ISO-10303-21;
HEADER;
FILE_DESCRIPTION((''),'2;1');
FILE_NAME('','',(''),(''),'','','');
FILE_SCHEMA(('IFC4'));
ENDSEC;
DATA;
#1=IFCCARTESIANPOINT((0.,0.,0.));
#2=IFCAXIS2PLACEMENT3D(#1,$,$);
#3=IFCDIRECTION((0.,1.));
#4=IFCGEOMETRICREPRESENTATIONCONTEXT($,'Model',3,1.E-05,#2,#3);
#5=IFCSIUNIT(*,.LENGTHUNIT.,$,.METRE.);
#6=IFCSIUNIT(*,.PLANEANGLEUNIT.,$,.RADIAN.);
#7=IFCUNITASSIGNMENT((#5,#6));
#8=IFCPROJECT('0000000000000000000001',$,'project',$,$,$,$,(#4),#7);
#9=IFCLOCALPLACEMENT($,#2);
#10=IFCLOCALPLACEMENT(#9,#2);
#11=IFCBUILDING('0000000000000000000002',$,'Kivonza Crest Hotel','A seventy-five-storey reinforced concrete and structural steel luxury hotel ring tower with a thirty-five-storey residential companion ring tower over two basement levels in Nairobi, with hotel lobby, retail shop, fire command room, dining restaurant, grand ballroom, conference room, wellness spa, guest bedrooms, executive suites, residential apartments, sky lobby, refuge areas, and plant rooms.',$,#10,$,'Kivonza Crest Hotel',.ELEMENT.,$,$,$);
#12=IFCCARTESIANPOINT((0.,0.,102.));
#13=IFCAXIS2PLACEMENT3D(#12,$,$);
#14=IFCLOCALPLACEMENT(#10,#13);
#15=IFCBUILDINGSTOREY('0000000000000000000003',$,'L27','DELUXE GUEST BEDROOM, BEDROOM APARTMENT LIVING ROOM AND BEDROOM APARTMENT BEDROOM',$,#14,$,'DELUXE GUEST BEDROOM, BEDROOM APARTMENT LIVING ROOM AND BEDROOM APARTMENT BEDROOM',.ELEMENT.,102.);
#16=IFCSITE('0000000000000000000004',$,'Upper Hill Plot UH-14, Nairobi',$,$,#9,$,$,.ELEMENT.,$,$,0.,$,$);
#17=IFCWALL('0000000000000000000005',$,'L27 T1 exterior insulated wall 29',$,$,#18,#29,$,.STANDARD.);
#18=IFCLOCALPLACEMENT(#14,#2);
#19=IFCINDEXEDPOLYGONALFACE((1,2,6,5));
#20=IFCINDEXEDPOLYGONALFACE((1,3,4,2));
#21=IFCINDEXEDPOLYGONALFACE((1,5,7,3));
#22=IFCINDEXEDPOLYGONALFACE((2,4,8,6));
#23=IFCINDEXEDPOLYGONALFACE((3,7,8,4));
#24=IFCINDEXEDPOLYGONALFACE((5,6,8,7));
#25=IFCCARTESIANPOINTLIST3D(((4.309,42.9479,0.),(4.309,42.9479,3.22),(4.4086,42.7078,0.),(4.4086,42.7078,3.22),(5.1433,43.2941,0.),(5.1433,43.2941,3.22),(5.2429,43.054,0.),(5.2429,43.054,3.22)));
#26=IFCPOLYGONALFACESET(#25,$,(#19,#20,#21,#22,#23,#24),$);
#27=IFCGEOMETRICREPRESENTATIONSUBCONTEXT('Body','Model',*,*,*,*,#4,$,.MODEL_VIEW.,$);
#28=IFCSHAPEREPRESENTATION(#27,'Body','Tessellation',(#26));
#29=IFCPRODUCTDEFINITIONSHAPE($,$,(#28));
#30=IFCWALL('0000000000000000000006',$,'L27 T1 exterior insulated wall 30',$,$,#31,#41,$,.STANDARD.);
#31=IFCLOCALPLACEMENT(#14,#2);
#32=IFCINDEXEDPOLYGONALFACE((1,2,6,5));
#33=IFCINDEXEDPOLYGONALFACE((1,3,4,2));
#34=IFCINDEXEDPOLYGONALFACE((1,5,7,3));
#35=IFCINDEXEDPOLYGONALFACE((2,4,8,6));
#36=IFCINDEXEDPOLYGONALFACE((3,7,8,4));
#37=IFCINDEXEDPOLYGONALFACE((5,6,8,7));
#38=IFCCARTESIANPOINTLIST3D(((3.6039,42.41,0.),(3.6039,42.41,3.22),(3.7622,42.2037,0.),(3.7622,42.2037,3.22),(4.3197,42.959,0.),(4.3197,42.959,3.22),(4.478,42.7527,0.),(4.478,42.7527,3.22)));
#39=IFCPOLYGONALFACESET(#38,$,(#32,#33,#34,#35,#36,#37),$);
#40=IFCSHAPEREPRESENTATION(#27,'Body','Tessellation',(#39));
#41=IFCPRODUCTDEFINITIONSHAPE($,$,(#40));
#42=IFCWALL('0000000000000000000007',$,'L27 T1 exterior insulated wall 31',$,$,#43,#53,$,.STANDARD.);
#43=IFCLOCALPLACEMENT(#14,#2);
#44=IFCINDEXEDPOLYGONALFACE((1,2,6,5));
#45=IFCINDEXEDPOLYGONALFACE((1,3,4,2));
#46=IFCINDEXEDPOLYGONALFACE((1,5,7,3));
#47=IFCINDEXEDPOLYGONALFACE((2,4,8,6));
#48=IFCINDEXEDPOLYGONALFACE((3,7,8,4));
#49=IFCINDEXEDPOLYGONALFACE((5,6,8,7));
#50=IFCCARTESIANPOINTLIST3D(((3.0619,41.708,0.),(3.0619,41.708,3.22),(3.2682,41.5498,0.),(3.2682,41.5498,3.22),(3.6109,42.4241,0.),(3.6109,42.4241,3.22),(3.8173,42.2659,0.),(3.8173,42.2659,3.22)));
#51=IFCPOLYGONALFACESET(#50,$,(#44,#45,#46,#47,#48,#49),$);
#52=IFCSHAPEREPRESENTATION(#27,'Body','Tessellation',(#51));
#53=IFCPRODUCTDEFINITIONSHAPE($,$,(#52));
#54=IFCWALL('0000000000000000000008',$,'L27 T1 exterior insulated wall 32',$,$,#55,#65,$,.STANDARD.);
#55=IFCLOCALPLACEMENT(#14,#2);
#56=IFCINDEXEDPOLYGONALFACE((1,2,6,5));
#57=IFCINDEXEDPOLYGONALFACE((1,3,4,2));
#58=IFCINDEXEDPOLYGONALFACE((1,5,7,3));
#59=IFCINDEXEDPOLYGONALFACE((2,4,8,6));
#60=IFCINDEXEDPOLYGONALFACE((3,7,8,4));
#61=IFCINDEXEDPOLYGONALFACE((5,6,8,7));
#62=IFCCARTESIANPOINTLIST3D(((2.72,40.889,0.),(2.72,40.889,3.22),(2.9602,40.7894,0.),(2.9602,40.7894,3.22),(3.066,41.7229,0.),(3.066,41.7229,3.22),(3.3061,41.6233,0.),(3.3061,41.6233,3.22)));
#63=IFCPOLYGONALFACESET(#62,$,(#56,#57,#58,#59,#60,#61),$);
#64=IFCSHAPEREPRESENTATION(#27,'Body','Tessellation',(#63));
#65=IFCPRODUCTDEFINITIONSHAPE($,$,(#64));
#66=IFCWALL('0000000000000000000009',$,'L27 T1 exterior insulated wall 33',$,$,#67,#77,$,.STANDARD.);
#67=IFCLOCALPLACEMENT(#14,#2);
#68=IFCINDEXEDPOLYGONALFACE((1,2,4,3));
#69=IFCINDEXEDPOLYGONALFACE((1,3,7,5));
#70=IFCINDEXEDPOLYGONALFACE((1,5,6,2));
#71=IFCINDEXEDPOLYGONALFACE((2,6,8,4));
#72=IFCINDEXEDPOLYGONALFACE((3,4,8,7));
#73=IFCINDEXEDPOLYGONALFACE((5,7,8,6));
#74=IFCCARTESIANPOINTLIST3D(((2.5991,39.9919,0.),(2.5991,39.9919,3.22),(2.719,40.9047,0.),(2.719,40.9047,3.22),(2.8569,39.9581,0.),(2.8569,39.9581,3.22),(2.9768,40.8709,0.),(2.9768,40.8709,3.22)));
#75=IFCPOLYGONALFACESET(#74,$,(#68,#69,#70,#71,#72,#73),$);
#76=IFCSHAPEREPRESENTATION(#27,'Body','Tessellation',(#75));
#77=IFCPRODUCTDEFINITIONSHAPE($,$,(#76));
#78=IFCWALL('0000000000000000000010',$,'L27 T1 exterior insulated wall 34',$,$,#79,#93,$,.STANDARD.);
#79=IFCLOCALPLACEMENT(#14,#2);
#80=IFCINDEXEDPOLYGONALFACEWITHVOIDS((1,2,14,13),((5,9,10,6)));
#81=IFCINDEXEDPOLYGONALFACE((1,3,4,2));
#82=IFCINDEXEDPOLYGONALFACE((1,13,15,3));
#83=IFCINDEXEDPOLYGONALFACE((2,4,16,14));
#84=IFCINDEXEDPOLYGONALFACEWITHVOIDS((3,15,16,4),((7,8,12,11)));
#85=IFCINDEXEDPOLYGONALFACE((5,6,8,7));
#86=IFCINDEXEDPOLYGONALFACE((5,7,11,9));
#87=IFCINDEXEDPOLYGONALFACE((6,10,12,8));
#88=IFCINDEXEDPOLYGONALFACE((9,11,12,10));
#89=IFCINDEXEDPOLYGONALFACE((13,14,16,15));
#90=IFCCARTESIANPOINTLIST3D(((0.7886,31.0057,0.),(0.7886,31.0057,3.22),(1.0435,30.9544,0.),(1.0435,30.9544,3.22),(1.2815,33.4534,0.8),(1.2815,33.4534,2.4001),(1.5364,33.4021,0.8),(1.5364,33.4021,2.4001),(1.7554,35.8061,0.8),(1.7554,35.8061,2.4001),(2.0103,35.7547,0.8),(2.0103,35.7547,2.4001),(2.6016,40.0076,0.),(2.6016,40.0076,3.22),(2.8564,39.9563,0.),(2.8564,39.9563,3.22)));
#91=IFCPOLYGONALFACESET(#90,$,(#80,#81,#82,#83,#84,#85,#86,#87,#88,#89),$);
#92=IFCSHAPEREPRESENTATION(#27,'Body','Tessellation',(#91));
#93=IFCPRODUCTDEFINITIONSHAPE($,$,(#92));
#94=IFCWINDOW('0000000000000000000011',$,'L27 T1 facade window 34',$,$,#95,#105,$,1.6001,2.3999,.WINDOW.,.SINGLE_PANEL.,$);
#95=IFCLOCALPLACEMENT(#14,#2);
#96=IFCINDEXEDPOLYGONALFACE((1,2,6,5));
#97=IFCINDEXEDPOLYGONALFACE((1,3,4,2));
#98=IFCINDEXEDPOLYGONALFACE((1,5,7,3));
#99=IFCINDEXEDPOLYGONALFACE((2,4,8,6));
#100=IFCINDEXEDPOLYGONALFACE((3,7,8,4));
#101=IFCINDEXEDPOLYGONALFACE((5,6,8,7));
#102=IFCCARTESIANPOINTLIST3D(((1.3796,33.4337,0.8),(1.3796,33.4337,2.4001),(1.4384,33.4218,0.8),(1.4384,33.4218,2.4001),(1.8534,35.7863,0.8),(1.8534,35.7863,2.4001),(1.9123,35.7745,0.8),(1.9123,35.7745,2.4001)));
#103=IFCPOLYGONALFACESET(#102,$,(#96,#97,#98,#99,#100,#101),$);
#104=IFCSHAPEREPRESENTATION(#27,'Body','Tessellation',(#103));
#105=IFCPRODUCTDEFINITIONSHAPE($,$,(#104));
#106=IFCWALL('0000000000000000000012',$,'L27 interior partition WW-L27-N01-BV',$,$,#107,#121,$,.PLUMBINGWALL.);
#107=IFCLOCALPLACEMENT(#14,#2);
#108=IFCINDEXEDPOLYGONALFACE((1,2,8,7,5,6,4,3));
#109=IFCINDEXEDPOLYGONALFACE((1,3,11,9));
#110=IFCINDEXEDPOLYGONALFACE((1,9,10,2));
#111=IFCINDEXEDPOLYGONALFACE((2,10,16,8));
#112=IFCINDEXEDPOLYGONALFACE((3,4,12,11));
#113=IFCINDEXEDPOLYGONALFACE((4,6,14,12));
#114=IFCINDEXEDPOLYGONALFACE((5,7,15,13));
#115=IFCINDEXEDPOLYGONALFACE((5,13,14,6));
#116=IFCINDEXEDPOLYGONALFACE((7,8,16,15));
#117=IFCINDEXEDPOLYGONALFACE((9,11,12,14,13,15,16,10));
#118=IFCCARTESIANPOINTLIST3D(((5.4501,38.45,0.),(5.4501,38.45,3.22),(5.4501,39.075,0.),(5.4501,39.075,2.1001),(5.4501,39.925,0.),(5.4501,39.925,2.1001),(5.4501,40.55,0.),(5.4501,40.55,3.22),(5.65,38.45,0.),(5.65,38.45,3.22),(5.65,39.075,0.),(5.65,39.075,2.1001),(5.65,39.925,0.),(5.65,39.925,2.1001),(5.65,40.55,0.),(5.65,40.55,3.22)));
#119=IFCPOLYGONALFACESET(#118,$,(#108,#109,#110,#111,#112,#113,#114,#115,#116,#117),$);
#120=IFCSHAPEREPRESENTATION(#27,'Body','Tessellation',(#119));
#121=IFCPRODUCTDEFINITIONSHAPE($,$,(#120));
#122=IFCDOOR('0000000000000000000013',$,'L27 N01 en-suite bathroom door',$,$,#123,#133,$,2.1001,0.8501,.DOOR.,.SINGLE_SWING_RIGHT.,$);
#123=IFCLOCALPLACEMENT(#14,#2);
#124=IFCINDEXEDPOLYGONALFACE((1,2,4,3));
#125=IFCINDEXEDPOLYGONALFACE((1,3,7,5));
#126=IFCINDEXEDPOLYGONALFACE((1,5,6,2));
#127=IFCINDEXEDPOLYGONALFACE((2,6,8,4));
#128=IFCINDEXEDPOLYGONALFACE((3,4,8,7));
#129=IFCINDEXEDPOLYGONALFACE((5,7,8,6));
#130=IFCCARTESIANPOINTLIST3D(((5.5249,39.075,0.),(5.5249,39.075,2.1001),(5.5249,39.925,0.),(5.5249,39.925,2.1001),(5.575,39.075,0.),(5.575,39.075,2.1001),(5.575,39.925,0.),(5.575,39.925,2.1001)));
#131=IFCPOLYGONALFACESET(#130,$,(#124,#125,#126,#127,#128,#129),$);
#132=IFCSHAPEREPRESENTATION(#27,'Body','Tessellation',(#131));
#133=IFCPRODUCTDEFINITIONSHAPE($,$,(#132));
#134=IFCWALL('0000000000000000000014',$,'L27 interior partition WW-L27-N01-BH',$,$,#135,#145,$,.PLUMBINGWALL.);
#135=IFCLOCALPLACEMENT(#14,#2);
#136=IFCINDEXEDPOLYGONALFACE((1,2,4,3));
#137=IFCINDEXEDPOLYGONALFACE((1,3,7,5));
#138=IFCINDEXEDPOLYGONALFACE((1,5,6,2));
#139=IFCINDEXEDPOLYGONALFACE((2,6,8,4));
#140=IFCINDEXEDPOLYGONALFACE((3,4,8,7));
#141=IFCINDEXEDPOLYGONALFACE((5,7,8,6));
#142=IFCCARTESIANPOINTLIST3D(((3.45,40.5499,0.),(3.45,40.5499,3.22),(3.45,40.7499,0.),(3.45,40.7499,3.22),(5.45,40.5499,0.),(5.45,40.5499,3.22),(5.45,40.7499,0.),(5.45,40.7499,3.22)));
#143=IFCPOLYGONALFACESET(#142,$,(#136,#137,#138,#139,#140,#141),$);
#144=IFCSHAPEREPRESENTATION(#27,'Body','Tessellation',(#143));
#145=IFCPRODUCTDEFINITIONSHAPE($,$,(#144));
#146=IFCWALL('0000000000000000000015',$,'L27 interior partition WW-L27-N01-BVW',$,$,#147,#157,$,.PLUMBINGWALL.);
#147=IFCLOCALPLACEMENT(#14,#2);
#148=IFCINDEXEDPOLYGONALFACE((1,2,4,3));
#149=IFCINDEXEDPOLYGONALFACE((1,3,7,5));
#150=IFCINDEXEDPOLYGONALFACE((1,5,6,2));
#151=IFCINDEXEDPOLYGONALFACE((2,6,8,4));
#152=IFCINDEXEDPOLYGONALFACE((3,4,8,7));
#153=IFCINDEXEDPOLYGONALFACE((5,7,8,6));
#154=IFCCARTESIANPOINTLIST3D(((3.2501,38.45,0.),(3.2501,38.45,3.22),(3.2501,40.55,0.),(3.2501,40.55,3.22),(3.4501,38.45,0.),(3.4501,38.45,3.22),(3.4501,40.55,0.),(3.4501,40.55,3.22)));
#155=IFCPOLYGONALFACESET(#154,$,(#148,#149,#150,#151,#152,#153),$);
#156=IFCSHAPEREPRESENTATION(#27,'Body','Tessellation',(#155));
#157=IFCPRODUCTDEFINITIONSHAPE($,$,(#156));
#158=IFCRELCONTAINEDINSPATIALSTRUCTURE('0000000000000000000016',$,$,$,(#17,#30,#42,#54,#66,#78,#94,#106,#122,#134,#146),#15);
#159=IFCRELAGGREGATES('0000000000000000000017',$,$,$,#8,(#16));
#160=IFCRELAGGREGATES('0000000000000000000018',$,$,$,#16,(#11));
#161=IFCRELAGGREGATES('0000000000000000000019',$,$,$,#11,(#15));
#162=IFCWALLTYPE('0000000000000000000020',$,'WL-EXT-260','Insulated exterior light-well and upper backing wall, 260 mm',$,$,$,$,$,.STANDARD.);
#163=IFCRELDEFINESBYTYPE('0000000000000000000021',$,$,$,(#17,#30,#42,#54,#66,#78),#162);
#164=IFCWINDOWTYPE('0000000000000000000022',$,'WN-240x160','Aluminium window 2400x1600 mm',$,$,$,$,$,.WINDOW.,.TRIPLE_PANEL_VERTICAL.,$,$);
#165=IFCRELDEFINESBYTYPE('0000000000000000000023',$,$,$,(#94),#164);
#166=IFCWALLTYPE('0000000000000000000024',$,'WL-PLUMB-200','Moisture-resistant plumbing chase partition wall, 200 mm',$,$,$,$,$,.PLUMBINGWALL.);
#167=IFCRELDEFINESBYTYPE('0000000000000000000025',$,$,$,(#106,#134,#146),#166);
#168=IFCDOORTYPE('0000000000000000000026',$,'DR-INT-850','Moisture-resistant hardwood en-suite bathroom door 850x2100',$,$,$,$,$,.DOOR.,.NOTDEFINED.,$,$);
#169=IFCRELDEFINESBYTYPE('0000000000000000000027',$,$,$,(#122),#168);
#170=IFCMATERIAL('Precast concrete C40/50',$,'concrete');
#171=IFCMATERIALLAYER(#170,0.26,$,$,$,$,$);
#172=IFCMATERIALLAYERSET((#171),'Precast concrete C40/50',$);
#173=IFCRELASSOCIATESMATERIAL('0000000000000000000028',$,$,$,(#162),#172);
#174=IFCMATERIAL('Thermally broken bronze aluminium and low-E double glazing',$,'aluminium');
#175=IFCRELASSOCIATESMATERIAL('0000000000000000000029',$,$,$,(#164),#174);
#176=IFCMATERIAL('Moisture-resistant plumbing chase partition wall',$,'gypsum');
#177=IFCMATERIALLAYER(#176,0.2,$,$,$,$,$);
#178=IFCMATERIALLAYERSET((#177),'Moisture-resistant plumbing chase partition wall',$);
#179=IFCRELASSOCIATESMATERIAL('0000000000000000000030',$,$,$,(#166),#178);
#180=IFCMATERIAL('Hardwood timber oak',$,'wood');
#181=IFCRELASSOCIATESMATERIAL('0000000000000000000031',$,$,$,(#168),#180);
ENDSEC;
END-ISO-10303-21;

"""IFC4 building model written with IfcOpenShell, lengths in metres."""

from ifc_helpers import new_model, si_unit, direction, frame, frame_2d, origin, place, context, subcontext, project, spatial, rectangle, extrude, material, layer, layer_set, type_object, element, fill, save


model = new_model("IFC4")

# Units and contexts
model_context = context("Model", 3, precision=1e-05, world=origin(), true_north=direction((0.0, 1.0)))
body_context = subcontext(model_context, "Body", "Model", "MODEL_VIEW")
ifc_project = project(units=[si_unit("LENGTHUNIT", "METRE"), si_unit("PLANEANGLEUNIT", "RADIAN")], contexts=[model_context])

# Site, building, storey
site_placement = place(None, origin())
site = spatial("IfcSite", under=ifc_project, at=site_placement, Name="Upper Hill Plot UH-14, Nairobi", CompositionType="ELEMENT", RefElevation=0.0)
building_placement = place(site_placement, origin())
building = spatial("IfcBuilding", under=site, at=building_placement, Name="Kivonza Crest Hotel", Description="A seventy-five-storey reinforced concrete and structural steel luxury hotel ring tower with a thirty-five-storey residential companion ring tower over two basement levels in Nairobi, with hotel lobby, retail shop, fire command room, dining restaurant, grand ballroom, conference room, wellness spa, guest bedrooms, executive suites, residential apartments, sky lobby, refuge areas, and plant rooms.", LongName="Kivonza Crest Hotel", CompositionType="ELEMENT")
storey_placement = place(building_placement, frame((0.0, 0.0, 102.0)))
storey = spatial("IfcBuildingStorey", under=building, at=storey_placement, Name="L27", Description="DELUXE GUEST BEDROOM, BEDROOM APARTMENT LIVING ROOM AND BEDROOM APARTMENT BEDROOM", LongName="DELUXE GUEST BEDROOM, BEDROOM APARTMENT LIVING ROOM AND BEDROOM APARTMENT BEDROOM", CompositionType="ELEMENT", Elevation=102.0)

# Shared definitions
ifc_material_1 = material(Name="Hardwood timber oak", Category="wood")

# Walls
ifc_material_2 = material(Name="Precast concrete C40/50", Category="concrete")
ifc_layer_1 = layer(ifc_material_2, 0.26)
ifc_layer_set_1 = layer_set([ifc_layer_1], Name="Precast concrete C40/50")
wall_type_1 = type_object("IfcWallType", Name="WL-EXT-260", Description="Insulated exterior light-well and upper backing wall, 260 mm", PredefinedType="STANDARD", material=ifc_layer_set_1)
wall_1_placement = place(storey_placement, frame((5.1931, 43.1741, 0.0), z_axis=(0.0, 0.0, 1.0), x_axis=(-0.923628, -0.383291, 0.0)))
element("IfcWall", 1, at=wall_1_placement, inside=storey, type_object=wall_type_1, Name="L27 T1 exterior insulated wall 29", PredefinedType="STANDARD", context=body_context, shape_type="SweptSolid", body=[
    extrude(rectangle(XDim=0.9033, YDim=0.26, at=frame_2d((0.4517, 0.0))), origin(), (0.0, 0.0, 1.0), 3.22),
])
wall_2_placement = place(storey_placement, frame((4.3989, 42.856, 0.0), z_axis=(0.0, 0.0, 1.0), x_axis=(-0.793458, -0.608625, 0.0)))
element("IfcWall", 2, at=wall_2_placement, inside=storey, type_object=wall_type_1, Name="L27 T1 exterior insulated wall 30", PredefinedType="STANDARD", context=body_context, shape_type="SweptSolid", body=[
    extrude(rectangle(XDim=0.9021, YDim=0.26, at=frame_2d((0.4512, 0.0))), origin(), (0.0, 0.0, 1.0), 3.22),
])
wall_3_placement = place(storey_placement, frame((3.7141, 42.345, 0.0), z_axis=(0.0, 0.0, 1.0), x_axis=(-0.608494, -0.793558, 0.0)))
element("IfcWall", 3, at=wall_3_placement, inside=storey, type_object=wall_type_1, Name="L27 T1 exterior insulated wall 31", PredefinedType="STANDARD", context=body_context, shape_type="SweptSolid", body=[
    extrude(rectangle(XDim=0.9023, YDim=0.26, at=frame_2d((0.4512, 0.0))), origin(), (0.0, 0.0, 1.0), 3.22),
])
wall_4_placement = place(storey_placement, frame((3.186, 41.6731, 0.0), z_axis=(0.0, 0.0, 1.0), x_axis=(-0.383156, -0.923684, 0.0)))
element("IfcWall", 4, at=wall_4_placement, inside=storey, type_object=wall_type_1, Name="L27 T1 exterior insulated wall 32", PredefinedType="STANDARD", context=body_context, shape_type="SweptSolid", body=[
    extrude(rectangle(XDim=0.9028, YDim=0.26, at=frame_2d((0.4514, 0.0))), origin(), (0.0, 0.0, 1.0), 3.22),
])
wall_5_placement = place(storey_placement, frame((2.8479, 40.8879, 0.0), z_axis=(0.0, 0.0, 1.0), x_axis=(-0.130201, -0.991488, 0.0)))
element("IfcWall", 5, at=wall_5_placement, inside=storey, type_object=wall_type_1, Name="L27 T1 exterior insulated wall 33", PredefinedType="STANDARD", context=body_context, shape_type="SweptSolid", body=[
    extrude(rectangle(XDim=0.9207, YDim=0.26, at=frame_2d((0.4604, 0.0))), origin(), (0.0, 0.0, 1.0), 3.22),
])

# Wall, opening, window
wall_6_placement = place(storey_placement, frame((2.729, 39.9819, 0.0), z_axis=(0.0, 0.0, 1.0), x_axis=(-0.197435, -0.980316, 0.0)))
wall_6 = element("IfcWall", 6, at=wall_6_placement, inside=storey, type_object=wall_type_1, Name="L27 T1 exterior insulated wall 34", PredefinedType="STANDARD", context=body_context, shape_type="SweptSolid", body=[
    extrude(rectangle(XDim=9.1826, YDim=0.26, at=frame_2d((4.5913, 0.0))), origin(), (0.0, 0.0, 1.0), 3.22),
])
opening_1_placement = place(wall_6_placement, frame((4.2859, 0.0, 0.8)))
opening_1 = element("IfcOpeningElement", 7, at=opening_1_placement, cuts=wall_6, PredefinedType="OPENING", context=body_context, shape_type="SweptSolid", body=[
    extrude(rectangle(XDim=2.3999, YDim=1.6001, at=frame_2d((1.2, 0.8))), frame((0.0, 0.1401, 0.0), z_axis=(0.0, -1.0, 0.0), x_axis=(1.0, 0.0, 0.0)), (0.0, 0.0, 1.0), 0.28),
])
ifc_material_3 = material(Name="Thermally broken bronze aluminium and low-E double glazing", Category="aluminium")
window_type = type_object("IfcWindowType", Name="WN-240x160", Description="Aluminium window 2400x1600 mm", PartitioningType="TRIPLE_PANEL_VERTICAL", PredefinedType="WINDOW", material=ifc_material_3)
window_placement = place(opening_1_placement, origin())
window = element("IfcWindow", 8, at=window_placement, inside=storey, type_object=window_type, Name="L27 T1 facade window 34", OverallHeight=1.6001, OverallWidth=2.3999, PartitioningType="SINGLE_PANEL", PredefinedType="WINDOW", context=body_context, shape_type="SweptSolid", body=[
    extrude(rectangle(XDim=2.3999, YDim=1.6001, at=frame_2d((1.2, 0.8))), frame((0.0, 0.03, 0.0), z_axis=(0.0, -1.0, 0.0), x_axis=(1.0, 0.0, 0.0)), (0.0, 0.0, 1.0), 0.0601),
])
fill(opening_1, window)

# Wall, opening, door
ifc_material_4 = material(Name="Moisture-resistant plumbing chase partition wall", Category="gypsum")
ifc_layer_2 = layer(ifc_material_4, 0.2)
ifc_layer_set_2 = layer_set([ifc_layer_2], Name="Moisture-resistant plumbing chase partition wall")
wall_type_2 = type_object("IfcWallType", Name="WL-PLUMB-200", Description="Moisture-resistant plumbing chase partition wall, 200 mm", PredefinedType="PLUMBINGWALL", material=ifc_layer_set_2)
wall_7_placement = place(storey_placement, frame((5.55, 38.45, 0.0), z_axis=(0.0, 0.0, 1.0), x_axis=(0.0, 1.0, 0.0)))
wall_7 = element("IfcWall", 9, at=wall_7_placement, inside=storey, type_object=wall_type_2, Name="L27 interior partition WW-L27-N01-BV", PredefinedType="PLUMBINGWALL", context=body_context, shape_type="SweptSolid", body=[
    extrude(rectangle(XDim=2.1001, YDim=0.2, at=frame_2d((1.05, 0.0))), origin(), (0.0, 0.0, 1.0), 3.22),
])
opening_2_placement = place(wall_7_placement, frame((0.625, 0.0, 0.0)))
opening_2 = element("IfcOpeningElement", 10, at=opening_2_placement, cuts=wall_7, PredefinedType="OPENING", context=body_context, shape_type="SweptSolid", body=[
    extrude(rectangle(XDim=0.8501, YDim=2.1001, at=frame_2d((0.425, 1.05))), frame((0.0, 0.1099, 0.0), z_axis=(0.0, -1.0, 0.0), x_axis=(1.0, 0.0, 0.0)), (0.0, 0.0, 1.0), 0.22),
])
door_type_1 = type_object("IfcDoorType", Name="DR-INT-850", Description="Moisture-resistant hardwood en-suite bathroom door 850x2100", OperationType="NOTDEFINED", PredefinedType="DOOR", material=ifc_material_1)
door_1_placement = place(opening_2_placement, frame((0.8501, 0.0, 0.0), z_axis=(0.0, 0.0, 1.0), x_axis=(-1.0, 0.0, 0.0)))
door_1 = element("IfcDoor", 11, at=door_1_placement, inside=storey, type_object=door_type_1, Name="L27 N01 en-suite bathroom door", OperationType="SINGLE_SWING_RIGHT", OverallHeight=2.1001, OverallWidth=0.8501, PredefinedType="DOOR", context=body_context, shape_type="SweptSolid", body=[
    extrude(rectangle(XDim=0.8501, YDim=2.1001, at=frame_2d((0.425, 1.05))), frame((0.0, 0.0249, 0.0), z_axis=(0.0, -1.0, 0.0), x_axis=(1.0, 0.0, 0.0)), (0.0, 0.0, 1.0), 0.05),
])
fill(opening_2, door_1)

# Walls
wall_8_placement = place(storey_placement, frame((3.45, 40.6499, 0.0), z_axis=(0.0, 0.0, 1.0), x_axis=(1.0, 0.0, 0.0)))
element("IfcWall", 12, at=wall_8_placement, inside=storey, type_object=wall_type_2, Name="L27 interior partition WW-L27-N01-BH", PredefinedType="PLUMBINGWALL", context=body_context, shape_type="SweptSolid", body=[
    extrude(rectangle(XDim=2.0, YDim=0.2, at=frame_2d((1.0, 0.0))), origin(), (0.0, 0.0, 1.0), 3.22),
])
wall_9_placement = place(storey_placement, frame((3.3501, 38.45, 0.0), z_axis=(0.0, 0.0, 1.0), x_axis=(0.0, 1.0, 0.0)))
element("IfcWall", 13, at=wall_9_placement, inside=storey, type_object=wall_type_2, Name="L27 interior partition WW-L27-N01-BVW", PredefinedType="PLUMBINGWALL", context=body_context, shape_type="SweptSolid", body=[
    extrude(rectangle(XDim=2.1001, YDim=0.2, at=frame_2d((1.05, 0.0))), origin(), (0.0, 0.0, 1.0), 3.22),
])

save(model, "model.ifc")
